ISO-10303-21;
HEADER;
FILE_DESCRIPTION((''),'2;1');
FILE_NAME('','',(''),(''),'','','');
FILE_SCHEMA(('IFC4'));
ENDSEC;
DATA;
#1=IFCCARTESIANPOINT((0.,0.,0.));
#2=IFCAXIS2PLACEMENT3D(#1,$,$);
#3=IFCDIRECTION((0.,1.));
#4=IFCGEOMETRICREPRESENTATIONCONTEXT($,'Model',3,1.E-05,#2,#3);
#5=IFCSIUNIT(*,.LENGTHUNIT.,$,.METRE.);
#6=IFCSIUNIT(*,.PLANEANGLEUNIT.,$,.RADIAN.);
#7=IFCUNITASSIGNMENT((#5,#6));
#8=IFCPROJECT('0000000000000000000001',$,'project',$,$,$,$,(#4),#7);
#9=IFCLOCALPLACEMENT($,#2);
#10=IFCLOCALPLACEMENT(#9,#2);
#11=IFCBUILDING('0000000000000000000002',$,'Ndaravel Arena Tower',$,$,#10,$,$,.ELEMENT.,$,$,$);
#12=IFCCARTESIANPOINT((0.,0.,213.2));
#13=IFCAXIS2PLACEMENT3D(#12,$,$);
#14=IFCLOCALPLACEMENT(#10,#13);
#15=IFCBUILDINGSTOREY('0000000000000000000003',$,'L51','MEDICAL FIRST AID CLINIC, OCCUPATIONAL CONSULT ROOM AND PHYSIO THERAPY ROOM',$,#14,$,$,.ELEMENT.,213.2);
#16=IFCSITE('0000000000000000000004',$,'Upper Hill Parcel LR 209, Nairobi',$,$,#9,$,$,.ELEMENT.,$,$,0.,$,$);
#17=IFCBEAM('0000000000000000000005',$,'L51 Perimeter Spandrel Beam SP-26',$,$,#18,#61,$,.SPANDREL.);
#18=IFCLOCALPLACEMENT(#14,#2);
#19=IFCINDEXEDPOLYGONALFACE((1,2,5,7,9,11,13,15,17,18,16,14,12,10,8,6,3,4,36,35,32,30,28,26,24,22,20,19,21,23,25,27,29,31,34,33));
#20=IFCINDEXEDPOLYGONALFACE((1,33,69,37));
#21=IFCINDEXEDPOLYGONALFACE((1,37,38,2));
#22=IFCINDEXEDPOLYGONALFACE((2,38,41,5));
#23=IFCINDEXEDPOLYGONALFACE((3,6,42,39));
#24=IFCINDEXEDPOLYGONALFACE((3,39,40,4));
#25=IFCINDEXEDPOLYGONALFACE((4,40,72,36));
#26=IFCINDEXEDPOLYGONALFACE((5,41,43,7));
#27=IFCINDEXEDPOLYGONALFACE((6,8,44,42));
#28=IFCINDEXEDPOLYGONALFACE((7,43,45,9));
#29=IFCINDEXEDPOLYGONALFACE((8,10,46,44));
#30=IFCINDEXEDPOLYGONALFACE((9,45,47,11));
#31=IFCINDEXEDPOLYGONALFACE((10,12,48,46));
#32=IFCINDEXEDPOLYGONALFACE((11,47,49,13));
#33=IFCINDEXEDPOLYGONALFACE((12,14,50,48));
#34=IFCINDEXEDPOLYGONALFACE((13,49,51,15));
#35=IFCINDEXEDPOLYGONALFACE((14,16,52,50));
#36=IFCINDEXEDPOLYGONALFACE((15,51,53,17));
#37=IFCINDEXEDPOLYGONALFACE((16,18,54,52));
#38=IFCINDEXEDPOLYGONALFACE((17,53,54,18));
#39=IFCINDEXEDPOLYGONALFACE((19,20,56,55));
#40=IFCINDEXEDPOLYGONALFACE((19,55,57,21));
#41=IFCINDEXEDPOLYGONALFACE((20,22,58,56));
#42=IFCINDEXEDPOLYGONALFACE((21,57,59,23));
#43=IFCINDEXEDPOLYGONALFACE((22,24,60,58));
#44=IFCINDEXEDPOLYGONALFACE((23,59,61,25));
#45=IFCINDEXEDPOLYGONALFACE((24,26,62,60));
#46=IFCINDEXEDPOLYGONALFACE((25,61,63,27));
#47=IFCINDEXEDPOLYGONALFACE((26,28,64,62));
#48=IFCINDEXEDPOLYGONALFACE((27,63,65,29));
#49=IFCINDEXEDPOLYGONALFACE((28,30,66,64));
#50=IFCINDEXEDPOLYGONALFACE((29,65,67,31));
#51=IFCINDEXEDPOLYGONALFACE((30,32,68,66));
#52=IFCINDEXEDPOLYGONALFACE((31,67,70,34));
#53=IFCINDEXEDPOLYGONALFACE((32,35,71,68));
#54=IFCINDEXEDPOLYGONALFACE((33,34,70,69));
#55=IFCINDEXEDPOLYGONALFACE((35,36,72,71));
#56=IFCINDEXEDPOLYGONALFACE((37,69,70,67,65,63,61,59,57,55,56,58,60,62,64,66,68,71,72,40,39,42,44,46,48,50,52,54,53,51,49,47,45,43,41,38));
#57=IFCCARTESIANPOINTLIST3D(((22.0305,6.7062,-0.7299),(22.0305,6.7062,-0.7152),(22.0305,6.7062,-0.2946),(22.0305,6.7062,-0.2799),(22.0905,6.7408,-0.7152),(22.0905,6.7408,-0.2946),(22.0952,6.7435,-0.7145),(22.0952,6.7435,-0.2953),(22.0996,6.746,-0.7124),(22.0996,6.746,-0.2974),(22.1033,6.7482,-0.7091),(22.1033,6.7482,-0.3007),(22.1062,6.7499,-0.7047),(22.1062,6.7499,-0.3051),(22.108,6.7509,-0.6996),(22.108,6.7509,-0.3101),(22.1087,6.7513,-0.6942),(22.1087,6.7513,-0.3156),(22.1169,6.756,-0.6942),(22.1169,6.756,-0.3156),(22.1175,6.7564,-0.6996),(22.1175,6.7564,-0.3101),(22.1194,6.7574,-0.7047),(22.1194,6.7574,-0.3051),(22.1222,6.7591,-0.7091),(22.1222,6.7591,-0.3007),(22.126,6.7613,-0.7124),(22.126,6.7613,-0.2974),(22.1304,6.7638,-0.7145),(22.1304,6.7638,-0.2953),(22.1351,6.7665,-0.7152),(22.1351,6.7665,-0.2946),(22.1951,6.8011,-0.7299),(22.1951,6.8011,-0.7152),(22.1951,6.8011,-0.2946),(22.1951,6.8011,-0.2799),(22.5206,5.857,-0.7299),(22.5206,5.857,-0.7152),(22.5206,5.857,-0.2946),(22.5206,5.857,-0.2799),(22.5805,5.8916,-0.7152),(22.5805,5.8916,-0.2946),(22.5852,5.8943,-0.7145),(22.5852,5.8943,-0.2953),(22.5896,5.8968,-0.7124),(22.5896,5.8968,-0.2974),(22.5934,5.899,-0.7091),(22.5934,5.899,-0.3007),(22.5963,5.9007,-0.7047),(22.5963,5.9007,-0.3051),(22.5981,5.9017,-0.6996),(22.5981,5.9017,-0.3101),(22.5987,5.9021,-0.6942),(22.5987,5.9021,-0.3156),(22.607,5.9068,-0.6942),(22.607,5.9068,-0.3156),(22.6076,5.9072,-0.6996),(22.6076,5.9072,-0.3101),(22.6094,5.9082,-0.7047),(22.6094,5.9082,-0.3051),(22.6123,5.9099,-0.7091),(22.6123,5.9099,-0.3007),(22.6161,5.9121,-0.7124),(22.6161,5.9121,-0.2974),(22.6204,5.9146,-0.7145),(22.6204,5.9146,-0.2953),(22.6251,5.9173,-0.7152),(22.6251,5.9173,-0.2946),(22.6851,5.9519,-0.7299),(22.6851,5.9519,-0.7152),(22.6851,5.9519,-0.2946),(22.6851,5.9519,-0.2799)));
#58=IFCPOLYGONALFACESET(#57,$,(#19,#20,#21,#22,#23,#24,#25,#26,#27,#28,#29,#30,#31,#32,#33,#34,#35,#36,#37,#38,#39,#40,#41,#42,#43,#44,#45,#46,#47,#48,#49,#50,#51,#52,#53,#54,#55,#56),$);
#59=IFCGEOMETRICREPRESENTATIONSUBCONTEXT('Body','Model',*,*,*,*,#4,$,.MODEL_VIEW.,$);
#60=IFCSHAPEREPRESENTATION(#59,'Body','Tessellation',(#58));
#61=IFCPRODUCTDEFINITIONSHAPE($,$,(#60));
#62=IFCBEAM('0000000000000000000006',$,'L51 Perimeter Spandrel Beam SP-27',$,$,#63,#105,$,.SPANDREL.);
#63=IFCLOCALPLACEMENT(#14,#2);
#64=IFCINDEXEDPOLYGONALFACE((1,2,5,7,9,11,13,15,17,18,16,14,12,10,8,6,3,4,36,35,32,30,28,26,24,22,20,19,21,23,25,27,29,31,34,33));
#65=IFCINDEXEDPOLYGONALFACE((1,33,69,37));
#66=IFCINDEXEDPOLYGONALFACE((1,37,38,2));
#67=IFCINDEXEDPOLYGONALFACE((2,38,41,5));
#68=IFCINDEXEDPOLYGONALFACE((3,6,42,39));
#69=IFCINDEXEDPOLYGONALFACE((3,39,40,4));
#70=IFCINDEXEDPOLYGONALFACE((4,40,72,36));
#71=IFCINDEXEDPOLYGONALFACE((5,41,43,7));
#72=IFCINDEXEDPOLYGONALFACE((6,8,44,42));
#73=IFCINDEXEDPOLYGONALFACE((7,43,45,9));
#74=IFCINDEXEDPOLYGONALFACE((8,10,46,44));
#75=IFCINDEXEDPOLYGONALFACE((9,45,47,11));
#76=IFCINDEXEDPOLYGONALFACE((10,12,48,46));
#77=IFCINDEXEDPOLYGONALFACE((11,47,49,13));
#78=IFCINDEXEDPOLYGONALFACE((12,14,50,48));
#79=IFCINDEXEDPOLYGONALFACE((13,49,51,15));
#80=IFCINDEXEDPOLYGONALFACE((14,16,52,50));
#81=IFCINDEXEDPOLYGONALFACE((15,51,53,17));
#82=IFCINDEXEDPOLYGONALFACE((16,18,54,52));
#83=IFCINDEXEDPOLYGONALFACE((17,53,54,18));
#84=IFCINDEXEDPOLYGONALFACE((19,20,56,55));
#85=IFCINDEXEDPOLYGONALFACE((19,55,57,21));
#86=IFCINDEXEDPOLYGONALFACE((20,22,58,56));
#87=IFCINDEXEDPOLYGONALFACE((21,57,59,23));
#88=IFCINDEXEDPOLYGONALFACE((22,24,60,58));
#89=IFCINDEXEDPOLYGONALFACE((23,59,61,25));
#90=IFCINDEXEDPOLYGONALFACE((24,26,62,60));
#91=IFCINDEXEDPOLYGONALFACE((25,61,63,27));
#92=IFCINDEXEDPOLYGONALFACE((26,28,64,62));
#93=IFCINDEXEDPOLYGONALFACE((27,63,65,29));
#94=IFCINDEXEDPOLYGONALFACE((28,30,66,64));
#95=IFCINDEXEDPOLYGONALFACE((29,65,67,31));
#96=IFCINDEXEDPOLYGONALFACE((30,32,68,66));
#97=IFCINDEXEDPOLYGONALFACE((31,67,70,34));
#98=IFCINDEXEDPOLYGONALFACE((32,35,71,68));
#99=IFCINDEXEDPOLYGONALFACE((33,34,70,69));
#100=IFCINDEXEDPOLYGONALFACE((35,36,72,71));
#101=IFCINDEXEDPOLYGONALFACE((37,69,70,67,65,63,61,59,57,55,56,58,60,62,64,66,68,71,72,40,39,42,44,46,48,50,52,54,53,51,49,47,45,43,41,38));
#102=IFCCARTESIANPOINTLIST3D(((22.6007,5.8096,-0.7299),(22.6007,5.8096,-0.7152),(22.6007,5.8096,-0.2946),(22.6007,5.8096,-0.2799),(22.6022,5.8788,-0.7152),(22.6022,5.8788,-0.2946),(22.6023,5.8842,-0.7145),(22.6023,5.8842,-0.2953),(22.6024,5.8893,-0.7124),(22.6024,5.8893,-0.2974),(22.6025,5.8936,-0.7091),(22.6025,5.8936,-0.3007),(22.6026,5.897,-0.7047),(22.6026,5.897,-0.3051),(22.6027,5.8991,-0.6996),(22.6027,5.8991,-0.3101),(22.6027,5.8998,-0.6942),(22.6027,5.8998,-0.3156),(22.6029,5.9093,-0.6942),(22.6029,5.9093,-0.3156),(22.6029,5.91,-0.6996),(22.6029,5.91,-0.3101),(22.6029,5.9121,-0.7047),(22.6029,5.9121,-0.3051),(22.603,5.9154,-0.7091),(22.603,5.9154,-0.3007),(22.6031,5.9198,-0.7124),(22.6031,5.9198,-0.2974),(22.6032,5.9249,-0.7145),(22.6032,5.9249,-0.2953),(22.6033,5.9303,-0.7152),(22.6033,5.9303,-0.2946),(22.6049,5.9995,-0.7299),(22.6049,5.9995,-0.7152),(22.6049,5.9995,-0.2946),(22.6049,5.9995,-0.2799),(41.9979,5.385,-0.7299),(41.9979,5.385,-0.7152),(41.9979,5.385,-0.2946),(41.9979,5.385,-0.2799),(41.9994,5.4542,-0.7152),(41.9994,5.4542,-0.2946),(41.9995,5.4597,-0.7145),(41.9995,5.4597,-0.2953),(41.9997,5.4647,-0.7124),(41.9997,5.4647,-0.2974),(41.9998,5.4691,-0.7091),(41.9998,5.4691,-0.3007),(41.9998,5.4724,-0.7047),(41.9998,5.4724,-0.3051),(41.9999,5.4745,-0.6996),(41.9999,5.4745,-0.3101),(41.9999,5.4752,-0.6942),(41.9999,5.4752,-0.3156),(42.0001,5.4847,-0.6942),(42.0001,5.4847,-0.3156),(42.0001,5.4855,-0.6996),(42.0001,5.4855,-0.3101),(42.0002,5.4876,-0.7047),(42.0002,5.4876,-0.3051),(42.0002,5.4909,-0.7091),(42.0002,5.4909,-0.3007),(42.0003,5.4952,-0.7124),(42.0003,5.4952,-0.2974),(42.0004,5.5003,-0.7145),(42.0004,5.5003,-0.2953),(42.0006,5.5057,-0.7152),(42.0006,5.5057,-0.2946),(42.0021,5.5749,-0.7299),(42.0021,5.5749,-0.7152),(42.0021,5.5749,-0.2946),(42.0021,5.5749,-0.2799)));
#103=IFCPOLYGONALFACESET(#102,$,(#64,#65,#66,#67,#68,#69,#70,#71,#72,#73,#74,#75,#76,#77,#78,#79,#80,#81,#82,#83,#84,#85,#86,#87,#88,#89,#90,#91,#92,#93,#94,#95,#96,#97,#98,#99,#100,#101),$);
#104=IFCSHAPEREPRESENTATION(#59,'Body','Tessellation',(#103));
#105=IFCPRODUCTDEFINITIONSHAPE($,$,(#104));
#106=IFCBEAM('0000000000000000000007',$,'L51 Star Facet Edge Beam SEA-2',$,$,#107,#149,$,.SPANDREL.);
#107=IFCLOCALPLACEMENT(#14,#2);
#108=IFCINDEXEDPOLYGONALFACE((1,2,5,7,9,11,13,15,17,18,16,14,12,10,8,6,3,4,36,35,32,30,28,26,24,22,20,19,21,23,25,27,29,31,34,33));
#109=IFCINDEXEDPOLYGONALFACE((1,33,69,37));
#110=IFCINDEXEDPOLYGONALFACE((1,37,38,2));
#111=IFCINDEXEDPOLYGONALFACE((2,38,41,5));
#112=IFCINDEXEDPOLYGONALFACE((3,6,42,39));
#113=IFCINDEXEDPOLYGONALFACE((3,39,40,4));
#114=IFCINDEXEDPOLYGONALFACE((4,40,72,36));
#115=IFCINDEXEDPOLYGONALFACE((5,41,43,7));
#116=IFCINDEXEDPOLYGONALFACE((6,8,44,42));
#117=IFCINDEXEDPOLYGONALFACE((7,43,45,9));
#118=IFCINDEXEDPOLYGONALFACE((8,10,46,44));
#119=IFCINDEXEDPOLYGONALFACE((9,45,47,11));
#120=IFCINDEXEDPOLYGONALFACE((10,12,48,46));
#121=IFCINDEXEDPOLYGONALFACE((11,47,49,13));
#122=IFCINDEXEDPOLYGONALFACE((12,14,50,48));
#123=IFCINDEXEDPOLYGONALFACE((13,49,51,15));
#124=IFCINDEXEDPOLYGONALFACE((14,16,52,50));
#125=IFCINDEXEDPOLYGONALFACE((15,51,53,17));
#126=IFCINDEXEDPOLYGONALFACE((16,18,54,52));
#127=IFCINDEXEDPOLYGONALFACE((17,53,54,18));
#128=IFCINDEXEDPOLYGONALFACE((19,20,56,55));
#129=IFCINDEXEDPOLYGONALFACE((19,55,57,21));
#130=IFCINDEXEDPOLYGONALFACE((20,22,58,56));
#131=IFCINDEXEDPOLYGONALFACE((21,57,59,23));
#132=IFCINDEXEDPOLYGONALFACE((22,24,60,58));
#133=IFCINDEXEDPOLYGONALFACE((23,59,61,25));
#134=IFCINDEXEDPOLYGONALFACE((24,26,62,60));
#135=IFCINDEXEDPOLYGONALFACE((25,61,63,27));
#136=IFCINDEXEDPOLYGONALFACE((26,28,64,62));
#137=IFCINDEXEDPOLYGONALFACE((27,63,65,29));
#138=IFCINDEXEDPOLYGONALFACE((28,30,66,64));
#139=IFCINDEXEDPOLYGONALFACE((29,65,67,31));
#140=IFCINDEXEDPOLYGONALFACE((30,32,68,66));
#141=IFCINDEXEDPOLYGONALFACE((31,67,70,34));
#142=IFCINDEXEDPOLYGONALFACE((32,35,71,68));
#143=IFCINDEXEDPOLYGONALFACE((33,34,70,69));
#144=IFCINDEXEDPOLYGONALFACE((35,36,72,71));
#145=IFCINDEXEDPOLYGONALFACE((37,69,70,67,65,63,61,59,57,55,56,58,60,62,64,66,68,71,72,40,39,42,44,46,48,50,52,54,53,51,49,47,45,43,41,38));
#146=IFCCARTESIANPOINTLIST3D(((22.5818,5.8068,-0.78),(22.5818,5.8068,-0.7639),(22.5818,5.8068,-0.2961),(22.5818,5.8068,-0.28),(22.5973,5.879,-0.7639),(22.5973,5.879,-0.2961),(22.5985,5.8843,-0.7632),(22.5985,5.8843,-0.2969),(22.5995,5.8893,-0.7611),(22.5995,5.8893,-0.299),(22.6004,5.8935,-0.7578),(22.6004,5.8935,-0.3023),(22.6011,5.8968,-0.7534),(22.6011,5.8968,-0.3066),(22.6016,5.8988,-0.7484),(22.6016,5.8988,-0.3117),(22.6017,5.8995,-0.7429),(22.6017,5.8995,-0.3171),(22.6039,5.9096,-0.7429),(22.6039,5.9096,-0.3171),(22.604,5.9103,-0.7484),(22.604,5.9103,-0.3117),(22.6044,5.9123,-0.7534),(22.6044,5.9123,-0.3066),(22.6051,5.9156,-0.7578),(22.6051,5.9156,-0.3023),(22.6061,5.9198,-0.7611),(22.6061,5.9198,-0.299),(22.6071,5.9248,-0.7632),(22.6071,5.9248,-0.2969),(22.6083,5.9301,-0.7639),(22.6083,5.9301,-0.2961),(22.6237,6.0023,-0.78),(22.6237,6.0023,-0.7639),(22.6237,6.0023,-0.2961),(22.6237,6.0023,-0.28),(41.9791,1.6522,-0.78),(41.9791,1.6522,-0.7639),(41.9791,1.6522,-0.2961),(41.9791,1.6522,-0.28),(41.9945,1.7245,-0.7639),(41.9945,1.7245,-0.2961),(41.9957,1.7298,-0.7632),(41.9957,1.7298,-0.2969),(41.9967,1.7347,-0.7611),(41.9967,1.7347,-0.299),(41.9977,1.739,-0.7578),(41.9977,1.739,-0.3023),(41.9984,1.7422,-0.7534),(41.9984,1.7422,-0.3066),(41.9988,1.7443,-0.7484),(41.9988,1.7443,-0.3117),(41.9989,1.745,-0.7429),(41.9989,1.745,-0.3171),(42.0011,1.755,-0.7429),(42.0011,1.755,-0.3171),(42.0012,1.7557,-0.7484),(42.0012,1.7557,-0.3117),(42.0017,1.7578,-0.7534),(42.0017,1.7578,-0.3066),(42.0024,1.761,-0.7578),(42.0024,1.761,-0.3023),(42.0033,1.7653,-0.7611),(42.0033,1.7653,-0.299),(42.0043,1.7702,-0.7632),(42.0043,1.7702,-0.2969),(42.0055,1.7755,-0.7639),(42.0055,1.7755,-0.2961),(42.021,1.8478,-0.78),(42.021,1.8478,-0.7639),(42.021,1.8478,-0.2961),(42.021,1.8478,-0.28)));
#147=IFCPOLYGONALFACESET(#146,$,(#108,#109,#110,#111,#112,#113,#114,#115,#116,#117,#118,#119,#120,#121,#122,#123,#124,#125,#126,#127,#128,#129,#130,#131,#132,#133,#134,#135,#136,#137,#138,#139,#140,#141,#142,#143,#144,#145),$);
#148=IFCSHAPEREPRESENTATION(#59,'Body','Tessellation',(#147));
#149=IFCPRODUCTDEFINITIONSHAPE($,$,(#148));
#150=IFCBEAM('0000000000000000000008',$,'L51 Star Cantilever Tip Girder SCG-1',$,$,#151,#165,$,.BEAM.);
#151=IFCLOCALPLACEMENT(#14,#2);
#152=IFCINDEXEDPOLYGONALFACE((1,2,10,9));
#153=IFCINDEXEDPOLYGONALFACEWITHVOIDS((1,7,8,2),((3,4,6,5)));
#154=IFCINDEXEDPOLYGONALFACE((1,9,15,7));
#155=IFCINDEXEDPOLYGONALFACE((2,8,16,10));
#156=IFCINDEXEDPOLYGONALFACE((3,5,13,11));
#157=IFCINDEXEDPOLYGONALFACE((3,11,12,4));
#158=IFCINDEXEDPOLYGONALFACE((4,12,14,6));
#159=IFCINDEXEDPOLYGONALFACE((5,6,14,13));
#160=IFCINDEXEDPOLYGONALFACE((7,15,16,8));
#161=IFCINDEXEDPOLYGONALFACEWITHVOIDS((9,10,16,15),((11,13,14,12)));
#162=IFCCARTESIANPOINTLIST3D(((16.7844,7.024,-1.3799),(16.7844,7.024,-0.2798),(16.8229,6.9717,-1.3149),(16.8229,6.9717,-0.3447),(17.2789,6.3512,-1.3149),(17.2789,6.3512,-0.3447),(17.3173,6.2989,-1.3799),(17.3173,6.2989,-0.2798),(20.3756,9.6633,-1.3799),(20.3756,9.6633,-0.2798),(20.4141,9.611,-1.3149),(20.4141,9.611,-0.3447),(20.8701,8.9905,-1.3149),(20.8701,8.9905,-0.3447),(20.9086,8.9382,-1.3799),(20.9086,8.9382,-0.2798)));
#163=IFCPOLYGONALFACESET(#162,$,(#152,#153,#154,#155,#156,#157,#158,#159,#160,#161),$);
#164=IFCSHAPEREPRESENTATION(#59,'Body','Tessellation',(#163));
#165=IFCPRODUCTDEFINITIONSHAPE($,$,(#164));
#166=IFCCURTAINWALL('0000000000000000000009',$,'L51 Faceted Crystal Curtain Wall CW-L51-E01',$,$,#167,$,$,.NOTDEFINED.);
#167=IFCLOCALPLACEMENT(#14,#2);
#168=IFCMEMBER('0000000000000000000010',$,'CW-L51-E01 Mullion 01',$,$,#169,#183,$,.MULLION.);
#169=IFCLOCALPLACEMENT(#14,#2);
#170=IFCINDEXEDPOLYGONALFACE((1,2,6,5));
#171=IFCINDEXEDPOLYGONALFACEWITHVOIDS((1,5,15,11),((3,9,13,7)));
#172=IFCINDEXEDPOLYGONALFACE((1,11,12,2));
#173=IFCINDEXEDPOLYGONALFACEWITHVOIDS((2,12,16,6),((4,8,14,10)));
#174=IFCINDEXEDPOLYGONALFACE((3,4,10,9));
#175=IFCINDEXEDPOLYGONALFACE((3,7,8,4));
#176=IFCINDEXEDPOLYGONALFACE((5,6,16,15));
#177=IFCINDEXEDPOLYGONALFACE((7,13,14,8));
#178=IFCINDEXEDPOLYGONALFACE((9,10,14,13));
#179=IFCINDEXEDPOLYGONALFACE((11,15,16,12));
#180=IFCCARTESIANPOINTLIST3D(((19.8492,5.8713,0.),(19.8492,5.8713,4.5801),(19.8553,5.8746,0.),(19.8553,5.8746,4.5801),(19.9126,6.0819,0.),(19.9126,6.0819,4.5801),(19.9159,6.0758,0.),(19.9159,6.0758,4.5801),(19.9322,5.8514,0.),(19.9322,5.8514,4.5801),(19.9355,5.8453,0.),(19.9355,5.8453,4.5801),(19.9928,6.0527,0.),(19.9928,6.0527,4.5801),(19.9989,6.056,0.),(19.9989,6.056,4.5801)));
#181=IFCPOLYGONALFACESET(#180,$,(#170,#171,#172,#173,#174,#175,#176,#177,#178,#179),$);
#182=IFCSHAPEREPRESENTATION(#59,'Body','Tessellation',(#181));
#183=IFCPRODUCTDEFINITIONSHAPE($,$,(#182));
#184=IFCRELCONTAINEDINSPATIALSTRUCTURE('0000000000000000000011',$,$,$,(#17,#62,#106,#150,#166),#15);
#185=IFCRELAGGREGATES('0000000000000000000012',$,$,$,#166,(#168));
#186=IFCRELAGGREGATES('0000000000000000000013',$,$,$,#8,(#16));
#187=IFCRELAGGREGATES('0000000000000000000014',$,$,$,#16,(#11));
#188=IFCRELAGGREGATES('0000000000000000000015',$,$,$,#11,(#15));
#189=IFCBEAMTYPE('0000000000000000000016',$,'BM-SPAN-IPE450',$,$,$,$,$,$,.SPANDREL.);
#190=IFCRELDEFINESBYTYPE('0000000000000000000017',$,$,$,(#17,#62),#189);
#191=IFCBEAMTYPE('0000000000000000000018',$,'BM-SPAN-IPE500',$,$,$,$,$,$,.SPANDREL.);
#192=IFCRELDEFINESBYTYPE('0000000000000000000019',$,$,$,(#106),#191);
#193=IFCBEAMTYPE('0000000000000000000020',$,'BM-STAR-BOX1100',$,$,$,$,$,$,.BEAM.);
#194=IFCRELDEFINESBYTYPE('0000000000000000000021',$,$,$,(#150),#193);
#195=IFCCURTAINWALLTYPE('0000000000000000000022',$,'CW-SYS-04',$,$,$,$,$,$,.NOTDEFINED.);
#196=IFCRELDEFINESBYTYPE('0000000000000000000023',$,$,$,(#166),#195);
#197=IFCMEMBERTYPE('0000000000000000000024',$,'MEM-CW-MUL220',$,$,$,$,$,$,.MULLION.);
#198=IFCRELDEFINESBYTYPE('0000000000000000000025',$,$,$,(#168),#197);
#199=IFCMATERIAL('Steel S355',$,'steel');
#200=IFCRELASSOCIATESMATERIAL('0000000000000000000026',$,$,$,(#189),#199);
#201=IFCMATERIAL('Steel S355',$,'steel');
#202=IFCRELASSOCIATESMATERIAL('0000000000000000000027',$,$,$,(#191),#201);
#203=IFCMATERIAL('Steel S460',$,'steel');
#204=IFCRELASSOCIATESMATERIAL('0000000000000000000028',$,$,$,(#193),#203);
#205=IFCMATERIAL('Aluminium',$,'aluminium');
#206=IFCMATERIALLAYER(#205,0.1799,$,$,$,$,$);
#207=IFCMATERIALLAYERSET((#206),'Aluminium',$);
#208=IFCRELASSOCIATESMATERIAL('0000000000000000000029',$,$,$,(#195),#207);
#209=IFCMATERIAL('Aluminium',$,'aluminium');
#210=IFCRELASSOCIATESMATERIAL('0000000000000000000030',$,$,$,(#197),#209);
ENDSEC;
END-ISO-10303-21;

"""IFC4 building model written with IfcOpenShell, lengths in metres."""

from ifc_helpers import new_model, si_unit, direction, frame, origin, origin_2d, place, context, subcontext, project, spatial, hollow_rectangle, i_section, extrude, material, layer, layer_set, material_profile, profile_set, type_object, element, aggregate, save


model = new_model("IFC4")

# Units and contexts
model_context = context("Model", 3, precision=1e-05, world=origin(), true_north=direction((0.0, 1.0)))
body_context = subcontext(model_context, "Body", "Model", "MODEL_VIEW")
ifc_project = project(units=[si_unit("LENGTHUNIT", "METRE"), si_unit("PLANEANGLEUNIT", "RADIAN")], contexts=[model_context])

# Site, building, storey
site_placement = place(None, origin())
site = spatial("IfcSite", under=ifc_project, at=site_placement, Name="Upper Hill Parcel LR 209, Nairobi", CompositionType="ELEMENT", RefElevation=0.0)
building_placement = place(site_placement, origin())
building = spatial("IfcBuilding", under=site, at=building_placement, Name="Ndaravel Arena Tower", CompositionType="ELEMENT")
storey_placement = place(building_placement, frame((0.0, 0.0, 213.2)))
storey = spatial("IfcBuildingStorey", under=building, at=storey_placement, Name="L51", Description="MEDICAL FIRST AID CLINIC, OCCUPATIONAL CONSULT ROOM AND PHYSIO THERAPY ROOM", CompositionType="ELEMENT", Elevation=213.2)

# Beams
ifc_material_1 = material(Name="Steel S355", Category="steel")
ifc_material_profile_1 = material_profile(ifc_material_1, i_section(OverallWidth=0.1899, OverallDepth=0.45, WebThickness=0.0095, FlangeThickness=0.0146, FilletRadius=0.021, at=origin_2d()), Name="IPE 450")
ifc_profile_set_1 = profile_set([ifc_material_profile_1], Name="Steel S355")
beam_type_1 = type_object("IfcBeamType", Name="BM-SPAN-IPE450", PredefinedType="SPANDREL", material=ifc_profile_set_1)
for number, where, z_axis, x_axis, name in (
    (1, (22.1128, 6.7537, -0.5049), (0.499809, -0.866136, 0.0), (0.866136, 0.499809, 0.0), "L51 Perimeter Spandrel Beam SP-26"),
):
    element("IfcBeam", number, at=place(storey_placement, frame(where, z_axis=z_axis, x_axis=x_axis)), inside=storey, type_object=beam_type_1, Name=name, PredefinedType="SPANDREL", context=body_context, shape_type="SweptSolid", body=[
        extrude(i_section(OverallWidth=0.1899, OverallDepth=0.45, WebThickness=0.0095, FlangeThickness=0.0146, FilletRadius=0.021, at=origin_2d()), origin(), (0.0, 0.0, 1.0), 0.9805),
    ])
beam_1_placement = place(storey_placement, frame((22.6028, 5.9045, -0.5049), z_axis=(0.999761, -0.021882, 0.0), x_axis=(0.021882, 0.999761, 0.0)))
element("IfcBeam", 2, at=beam_1_placement, inside=storey, type_object=beam_type_1, Name="L51 Perimeter Spandrel Beam SP-27", PredefinedType="SPANDREL", context=body_context, shape_type="SweptSolid", body=[
    extrude(i_section(OverallWidth=0.1899, OverallDepth=0.45, WebThickness=0.0095, FlangeThickness=0.0146, FilletRadius=0.021, at=origin_2d()), origin(), (0.0, 0.0, 1.0), 19.4019),
])
ifc_material_2 = material(Name="Steel S355", Category="steel")
ifc_material_profile_2 = material_profile(ifc_material_2, i_section(OverallWidth=0.2, OverallDepth=0.5, WebThickness=0.0103, FlangeThickness=0.0161, FilletRadius=0.021, at=origin_2d()), Name="IPE 500")
ifc_profile_set_2 = profile_set([ifc_material_profile_2], Name="Steel S355")
beam_type_2 = type_object("IfcBeamType", Name="BM-SPAN-IPE500", PredefinedType="SPANDREL", material=ifc_profile_set_2)
beam_2_placement = place(storey_placement, frame((22.6028, 5.9045, -0.53), z_axis=(0.977823, -0.209432, 0.0), x_axis=(0.209432, 0.977823, 0.0)))
element("IfcBeam", 3, at=beam_2_placement, inside=storey, type_object=beam_type_2, Name="L51 Star Facet Edge Beam SEA-2", PredefinedType="SPANDREL", context=body_context, shape_type="SweptSolid", body=[
    extrude(i_section(OverallWidth=0.2, OverallDepth=0.5, WebThickness=0.0103, FlangeThickness=0.0161, FilletRadius=0.021, at=origin_2d()), origin(), (0.0, 0.0, 1.0), 19.8372),
])
ifc_material_3 = material(Name="Steel S460", Category="steel")
ifc_material_profile_3 = material_profile(ifc_material_3, hollow_rectangle(XDim=0.8999, YDim=1.1001, WallThickness=0.0649, at=origin_2d()), Name="BOX 1100x900x65")
ifc_profile_set_3 = profile_set([ifc_material_profile_3], Name="Steel S460")
beam_type_3 = type_object("IfcBeamType", Name="BM-STAR-BOX1100", PredefinedType="BEAM", material=ifc_profile_set_3)
beam_3_placement = place(storey_placement, frame((20.6421, 9.3008, -0.8298), z_axis=(-0.805786, -0.592206, 0.0), x_axis=(0.592206, -0.805786, 0.0)))
element("IfcBeam", 4, at=beam_3_placement, inside=storey, type_object=beam_type_3, Name="L51 Star Cantilever Tip Girder SCG-1", PredefinedType="BEAM", context=body_context, shape_type="SweptSolid", body=[
    extrude(hollow_rectangle(XDim=0.8999, YDim=1.1001, WallThickness=0.0649, at=origin_2d()), origin(), (0.0, 0.0, 1.0), 4.4568),
])

# Curtain wall, member
ifc_material_4 = material(Name="Aluminium", Category="aluminium")
ifc_layer_1 = layer(ifc_material_4, 0.1799)
ifc_layer_set_1 = layer_set([ifc_layer_1], Name="Aluminium")
curtain_wall_type = type_object("IfcCurtainWallType", Name="CW-SYS-04", PredefinedType="NOTDEFINED", material=ifc_layer_set_1)
curtain_wall_1_placement = place(storey_placement, origin())
curtain_wall_1 = element("IfcCurtainWall", 5, at=curtain_wall_1_placement, inside=storey, type_object=curtain_wall_type, Name="L51 Faceted Crystal Curtain Wall CW-L51-E01", PredefinedType="NOTDEFINED")
ifc_material_5 = material(Name="Aluminium", Category="aluminium")
ifc_material_profile_4 = material_profile(ifc_material_5, hollow_rectangle(XDim=0.0901, YDim=0.22, WallThickness=0.0049, at=origin_2d()), Name="CW MULLION 90x220x5")
ifc_profile_set_4 = profile_set([ifc_material_profile_4], Name="Aluminium")
member_type_1 = type_object("IfcMemberType", Name="MEM-CW-MUL220", PredefinedType="MULLION", material=ifc_profile_set_4)
member_1_placement = place(storey_placement, frame((19.9241, 5.9636, 0.0), z_axis=(0.0, 0.0, 1.0), x_axis=(0.957576, -0.28818, 0.0)))
member_1 = element("IfcMember", 6, at=member_1_placement, type_object=member_type_1, Name="CW-L51-E01 Mullion 01", PredefinedType="MULLION", context=body_context, shape_type="SweptSolid", body=[
    extrude(hollow_rectangle(XDim=0.0901, YDim=0.22, WallThickness=0.0049, at=origin_2d()), origin(), (0.0, 0.0, 1.0), 4.5801),
])

aggregate(curtain_wall_1, [member_1])

save(model, "model.ifc")
